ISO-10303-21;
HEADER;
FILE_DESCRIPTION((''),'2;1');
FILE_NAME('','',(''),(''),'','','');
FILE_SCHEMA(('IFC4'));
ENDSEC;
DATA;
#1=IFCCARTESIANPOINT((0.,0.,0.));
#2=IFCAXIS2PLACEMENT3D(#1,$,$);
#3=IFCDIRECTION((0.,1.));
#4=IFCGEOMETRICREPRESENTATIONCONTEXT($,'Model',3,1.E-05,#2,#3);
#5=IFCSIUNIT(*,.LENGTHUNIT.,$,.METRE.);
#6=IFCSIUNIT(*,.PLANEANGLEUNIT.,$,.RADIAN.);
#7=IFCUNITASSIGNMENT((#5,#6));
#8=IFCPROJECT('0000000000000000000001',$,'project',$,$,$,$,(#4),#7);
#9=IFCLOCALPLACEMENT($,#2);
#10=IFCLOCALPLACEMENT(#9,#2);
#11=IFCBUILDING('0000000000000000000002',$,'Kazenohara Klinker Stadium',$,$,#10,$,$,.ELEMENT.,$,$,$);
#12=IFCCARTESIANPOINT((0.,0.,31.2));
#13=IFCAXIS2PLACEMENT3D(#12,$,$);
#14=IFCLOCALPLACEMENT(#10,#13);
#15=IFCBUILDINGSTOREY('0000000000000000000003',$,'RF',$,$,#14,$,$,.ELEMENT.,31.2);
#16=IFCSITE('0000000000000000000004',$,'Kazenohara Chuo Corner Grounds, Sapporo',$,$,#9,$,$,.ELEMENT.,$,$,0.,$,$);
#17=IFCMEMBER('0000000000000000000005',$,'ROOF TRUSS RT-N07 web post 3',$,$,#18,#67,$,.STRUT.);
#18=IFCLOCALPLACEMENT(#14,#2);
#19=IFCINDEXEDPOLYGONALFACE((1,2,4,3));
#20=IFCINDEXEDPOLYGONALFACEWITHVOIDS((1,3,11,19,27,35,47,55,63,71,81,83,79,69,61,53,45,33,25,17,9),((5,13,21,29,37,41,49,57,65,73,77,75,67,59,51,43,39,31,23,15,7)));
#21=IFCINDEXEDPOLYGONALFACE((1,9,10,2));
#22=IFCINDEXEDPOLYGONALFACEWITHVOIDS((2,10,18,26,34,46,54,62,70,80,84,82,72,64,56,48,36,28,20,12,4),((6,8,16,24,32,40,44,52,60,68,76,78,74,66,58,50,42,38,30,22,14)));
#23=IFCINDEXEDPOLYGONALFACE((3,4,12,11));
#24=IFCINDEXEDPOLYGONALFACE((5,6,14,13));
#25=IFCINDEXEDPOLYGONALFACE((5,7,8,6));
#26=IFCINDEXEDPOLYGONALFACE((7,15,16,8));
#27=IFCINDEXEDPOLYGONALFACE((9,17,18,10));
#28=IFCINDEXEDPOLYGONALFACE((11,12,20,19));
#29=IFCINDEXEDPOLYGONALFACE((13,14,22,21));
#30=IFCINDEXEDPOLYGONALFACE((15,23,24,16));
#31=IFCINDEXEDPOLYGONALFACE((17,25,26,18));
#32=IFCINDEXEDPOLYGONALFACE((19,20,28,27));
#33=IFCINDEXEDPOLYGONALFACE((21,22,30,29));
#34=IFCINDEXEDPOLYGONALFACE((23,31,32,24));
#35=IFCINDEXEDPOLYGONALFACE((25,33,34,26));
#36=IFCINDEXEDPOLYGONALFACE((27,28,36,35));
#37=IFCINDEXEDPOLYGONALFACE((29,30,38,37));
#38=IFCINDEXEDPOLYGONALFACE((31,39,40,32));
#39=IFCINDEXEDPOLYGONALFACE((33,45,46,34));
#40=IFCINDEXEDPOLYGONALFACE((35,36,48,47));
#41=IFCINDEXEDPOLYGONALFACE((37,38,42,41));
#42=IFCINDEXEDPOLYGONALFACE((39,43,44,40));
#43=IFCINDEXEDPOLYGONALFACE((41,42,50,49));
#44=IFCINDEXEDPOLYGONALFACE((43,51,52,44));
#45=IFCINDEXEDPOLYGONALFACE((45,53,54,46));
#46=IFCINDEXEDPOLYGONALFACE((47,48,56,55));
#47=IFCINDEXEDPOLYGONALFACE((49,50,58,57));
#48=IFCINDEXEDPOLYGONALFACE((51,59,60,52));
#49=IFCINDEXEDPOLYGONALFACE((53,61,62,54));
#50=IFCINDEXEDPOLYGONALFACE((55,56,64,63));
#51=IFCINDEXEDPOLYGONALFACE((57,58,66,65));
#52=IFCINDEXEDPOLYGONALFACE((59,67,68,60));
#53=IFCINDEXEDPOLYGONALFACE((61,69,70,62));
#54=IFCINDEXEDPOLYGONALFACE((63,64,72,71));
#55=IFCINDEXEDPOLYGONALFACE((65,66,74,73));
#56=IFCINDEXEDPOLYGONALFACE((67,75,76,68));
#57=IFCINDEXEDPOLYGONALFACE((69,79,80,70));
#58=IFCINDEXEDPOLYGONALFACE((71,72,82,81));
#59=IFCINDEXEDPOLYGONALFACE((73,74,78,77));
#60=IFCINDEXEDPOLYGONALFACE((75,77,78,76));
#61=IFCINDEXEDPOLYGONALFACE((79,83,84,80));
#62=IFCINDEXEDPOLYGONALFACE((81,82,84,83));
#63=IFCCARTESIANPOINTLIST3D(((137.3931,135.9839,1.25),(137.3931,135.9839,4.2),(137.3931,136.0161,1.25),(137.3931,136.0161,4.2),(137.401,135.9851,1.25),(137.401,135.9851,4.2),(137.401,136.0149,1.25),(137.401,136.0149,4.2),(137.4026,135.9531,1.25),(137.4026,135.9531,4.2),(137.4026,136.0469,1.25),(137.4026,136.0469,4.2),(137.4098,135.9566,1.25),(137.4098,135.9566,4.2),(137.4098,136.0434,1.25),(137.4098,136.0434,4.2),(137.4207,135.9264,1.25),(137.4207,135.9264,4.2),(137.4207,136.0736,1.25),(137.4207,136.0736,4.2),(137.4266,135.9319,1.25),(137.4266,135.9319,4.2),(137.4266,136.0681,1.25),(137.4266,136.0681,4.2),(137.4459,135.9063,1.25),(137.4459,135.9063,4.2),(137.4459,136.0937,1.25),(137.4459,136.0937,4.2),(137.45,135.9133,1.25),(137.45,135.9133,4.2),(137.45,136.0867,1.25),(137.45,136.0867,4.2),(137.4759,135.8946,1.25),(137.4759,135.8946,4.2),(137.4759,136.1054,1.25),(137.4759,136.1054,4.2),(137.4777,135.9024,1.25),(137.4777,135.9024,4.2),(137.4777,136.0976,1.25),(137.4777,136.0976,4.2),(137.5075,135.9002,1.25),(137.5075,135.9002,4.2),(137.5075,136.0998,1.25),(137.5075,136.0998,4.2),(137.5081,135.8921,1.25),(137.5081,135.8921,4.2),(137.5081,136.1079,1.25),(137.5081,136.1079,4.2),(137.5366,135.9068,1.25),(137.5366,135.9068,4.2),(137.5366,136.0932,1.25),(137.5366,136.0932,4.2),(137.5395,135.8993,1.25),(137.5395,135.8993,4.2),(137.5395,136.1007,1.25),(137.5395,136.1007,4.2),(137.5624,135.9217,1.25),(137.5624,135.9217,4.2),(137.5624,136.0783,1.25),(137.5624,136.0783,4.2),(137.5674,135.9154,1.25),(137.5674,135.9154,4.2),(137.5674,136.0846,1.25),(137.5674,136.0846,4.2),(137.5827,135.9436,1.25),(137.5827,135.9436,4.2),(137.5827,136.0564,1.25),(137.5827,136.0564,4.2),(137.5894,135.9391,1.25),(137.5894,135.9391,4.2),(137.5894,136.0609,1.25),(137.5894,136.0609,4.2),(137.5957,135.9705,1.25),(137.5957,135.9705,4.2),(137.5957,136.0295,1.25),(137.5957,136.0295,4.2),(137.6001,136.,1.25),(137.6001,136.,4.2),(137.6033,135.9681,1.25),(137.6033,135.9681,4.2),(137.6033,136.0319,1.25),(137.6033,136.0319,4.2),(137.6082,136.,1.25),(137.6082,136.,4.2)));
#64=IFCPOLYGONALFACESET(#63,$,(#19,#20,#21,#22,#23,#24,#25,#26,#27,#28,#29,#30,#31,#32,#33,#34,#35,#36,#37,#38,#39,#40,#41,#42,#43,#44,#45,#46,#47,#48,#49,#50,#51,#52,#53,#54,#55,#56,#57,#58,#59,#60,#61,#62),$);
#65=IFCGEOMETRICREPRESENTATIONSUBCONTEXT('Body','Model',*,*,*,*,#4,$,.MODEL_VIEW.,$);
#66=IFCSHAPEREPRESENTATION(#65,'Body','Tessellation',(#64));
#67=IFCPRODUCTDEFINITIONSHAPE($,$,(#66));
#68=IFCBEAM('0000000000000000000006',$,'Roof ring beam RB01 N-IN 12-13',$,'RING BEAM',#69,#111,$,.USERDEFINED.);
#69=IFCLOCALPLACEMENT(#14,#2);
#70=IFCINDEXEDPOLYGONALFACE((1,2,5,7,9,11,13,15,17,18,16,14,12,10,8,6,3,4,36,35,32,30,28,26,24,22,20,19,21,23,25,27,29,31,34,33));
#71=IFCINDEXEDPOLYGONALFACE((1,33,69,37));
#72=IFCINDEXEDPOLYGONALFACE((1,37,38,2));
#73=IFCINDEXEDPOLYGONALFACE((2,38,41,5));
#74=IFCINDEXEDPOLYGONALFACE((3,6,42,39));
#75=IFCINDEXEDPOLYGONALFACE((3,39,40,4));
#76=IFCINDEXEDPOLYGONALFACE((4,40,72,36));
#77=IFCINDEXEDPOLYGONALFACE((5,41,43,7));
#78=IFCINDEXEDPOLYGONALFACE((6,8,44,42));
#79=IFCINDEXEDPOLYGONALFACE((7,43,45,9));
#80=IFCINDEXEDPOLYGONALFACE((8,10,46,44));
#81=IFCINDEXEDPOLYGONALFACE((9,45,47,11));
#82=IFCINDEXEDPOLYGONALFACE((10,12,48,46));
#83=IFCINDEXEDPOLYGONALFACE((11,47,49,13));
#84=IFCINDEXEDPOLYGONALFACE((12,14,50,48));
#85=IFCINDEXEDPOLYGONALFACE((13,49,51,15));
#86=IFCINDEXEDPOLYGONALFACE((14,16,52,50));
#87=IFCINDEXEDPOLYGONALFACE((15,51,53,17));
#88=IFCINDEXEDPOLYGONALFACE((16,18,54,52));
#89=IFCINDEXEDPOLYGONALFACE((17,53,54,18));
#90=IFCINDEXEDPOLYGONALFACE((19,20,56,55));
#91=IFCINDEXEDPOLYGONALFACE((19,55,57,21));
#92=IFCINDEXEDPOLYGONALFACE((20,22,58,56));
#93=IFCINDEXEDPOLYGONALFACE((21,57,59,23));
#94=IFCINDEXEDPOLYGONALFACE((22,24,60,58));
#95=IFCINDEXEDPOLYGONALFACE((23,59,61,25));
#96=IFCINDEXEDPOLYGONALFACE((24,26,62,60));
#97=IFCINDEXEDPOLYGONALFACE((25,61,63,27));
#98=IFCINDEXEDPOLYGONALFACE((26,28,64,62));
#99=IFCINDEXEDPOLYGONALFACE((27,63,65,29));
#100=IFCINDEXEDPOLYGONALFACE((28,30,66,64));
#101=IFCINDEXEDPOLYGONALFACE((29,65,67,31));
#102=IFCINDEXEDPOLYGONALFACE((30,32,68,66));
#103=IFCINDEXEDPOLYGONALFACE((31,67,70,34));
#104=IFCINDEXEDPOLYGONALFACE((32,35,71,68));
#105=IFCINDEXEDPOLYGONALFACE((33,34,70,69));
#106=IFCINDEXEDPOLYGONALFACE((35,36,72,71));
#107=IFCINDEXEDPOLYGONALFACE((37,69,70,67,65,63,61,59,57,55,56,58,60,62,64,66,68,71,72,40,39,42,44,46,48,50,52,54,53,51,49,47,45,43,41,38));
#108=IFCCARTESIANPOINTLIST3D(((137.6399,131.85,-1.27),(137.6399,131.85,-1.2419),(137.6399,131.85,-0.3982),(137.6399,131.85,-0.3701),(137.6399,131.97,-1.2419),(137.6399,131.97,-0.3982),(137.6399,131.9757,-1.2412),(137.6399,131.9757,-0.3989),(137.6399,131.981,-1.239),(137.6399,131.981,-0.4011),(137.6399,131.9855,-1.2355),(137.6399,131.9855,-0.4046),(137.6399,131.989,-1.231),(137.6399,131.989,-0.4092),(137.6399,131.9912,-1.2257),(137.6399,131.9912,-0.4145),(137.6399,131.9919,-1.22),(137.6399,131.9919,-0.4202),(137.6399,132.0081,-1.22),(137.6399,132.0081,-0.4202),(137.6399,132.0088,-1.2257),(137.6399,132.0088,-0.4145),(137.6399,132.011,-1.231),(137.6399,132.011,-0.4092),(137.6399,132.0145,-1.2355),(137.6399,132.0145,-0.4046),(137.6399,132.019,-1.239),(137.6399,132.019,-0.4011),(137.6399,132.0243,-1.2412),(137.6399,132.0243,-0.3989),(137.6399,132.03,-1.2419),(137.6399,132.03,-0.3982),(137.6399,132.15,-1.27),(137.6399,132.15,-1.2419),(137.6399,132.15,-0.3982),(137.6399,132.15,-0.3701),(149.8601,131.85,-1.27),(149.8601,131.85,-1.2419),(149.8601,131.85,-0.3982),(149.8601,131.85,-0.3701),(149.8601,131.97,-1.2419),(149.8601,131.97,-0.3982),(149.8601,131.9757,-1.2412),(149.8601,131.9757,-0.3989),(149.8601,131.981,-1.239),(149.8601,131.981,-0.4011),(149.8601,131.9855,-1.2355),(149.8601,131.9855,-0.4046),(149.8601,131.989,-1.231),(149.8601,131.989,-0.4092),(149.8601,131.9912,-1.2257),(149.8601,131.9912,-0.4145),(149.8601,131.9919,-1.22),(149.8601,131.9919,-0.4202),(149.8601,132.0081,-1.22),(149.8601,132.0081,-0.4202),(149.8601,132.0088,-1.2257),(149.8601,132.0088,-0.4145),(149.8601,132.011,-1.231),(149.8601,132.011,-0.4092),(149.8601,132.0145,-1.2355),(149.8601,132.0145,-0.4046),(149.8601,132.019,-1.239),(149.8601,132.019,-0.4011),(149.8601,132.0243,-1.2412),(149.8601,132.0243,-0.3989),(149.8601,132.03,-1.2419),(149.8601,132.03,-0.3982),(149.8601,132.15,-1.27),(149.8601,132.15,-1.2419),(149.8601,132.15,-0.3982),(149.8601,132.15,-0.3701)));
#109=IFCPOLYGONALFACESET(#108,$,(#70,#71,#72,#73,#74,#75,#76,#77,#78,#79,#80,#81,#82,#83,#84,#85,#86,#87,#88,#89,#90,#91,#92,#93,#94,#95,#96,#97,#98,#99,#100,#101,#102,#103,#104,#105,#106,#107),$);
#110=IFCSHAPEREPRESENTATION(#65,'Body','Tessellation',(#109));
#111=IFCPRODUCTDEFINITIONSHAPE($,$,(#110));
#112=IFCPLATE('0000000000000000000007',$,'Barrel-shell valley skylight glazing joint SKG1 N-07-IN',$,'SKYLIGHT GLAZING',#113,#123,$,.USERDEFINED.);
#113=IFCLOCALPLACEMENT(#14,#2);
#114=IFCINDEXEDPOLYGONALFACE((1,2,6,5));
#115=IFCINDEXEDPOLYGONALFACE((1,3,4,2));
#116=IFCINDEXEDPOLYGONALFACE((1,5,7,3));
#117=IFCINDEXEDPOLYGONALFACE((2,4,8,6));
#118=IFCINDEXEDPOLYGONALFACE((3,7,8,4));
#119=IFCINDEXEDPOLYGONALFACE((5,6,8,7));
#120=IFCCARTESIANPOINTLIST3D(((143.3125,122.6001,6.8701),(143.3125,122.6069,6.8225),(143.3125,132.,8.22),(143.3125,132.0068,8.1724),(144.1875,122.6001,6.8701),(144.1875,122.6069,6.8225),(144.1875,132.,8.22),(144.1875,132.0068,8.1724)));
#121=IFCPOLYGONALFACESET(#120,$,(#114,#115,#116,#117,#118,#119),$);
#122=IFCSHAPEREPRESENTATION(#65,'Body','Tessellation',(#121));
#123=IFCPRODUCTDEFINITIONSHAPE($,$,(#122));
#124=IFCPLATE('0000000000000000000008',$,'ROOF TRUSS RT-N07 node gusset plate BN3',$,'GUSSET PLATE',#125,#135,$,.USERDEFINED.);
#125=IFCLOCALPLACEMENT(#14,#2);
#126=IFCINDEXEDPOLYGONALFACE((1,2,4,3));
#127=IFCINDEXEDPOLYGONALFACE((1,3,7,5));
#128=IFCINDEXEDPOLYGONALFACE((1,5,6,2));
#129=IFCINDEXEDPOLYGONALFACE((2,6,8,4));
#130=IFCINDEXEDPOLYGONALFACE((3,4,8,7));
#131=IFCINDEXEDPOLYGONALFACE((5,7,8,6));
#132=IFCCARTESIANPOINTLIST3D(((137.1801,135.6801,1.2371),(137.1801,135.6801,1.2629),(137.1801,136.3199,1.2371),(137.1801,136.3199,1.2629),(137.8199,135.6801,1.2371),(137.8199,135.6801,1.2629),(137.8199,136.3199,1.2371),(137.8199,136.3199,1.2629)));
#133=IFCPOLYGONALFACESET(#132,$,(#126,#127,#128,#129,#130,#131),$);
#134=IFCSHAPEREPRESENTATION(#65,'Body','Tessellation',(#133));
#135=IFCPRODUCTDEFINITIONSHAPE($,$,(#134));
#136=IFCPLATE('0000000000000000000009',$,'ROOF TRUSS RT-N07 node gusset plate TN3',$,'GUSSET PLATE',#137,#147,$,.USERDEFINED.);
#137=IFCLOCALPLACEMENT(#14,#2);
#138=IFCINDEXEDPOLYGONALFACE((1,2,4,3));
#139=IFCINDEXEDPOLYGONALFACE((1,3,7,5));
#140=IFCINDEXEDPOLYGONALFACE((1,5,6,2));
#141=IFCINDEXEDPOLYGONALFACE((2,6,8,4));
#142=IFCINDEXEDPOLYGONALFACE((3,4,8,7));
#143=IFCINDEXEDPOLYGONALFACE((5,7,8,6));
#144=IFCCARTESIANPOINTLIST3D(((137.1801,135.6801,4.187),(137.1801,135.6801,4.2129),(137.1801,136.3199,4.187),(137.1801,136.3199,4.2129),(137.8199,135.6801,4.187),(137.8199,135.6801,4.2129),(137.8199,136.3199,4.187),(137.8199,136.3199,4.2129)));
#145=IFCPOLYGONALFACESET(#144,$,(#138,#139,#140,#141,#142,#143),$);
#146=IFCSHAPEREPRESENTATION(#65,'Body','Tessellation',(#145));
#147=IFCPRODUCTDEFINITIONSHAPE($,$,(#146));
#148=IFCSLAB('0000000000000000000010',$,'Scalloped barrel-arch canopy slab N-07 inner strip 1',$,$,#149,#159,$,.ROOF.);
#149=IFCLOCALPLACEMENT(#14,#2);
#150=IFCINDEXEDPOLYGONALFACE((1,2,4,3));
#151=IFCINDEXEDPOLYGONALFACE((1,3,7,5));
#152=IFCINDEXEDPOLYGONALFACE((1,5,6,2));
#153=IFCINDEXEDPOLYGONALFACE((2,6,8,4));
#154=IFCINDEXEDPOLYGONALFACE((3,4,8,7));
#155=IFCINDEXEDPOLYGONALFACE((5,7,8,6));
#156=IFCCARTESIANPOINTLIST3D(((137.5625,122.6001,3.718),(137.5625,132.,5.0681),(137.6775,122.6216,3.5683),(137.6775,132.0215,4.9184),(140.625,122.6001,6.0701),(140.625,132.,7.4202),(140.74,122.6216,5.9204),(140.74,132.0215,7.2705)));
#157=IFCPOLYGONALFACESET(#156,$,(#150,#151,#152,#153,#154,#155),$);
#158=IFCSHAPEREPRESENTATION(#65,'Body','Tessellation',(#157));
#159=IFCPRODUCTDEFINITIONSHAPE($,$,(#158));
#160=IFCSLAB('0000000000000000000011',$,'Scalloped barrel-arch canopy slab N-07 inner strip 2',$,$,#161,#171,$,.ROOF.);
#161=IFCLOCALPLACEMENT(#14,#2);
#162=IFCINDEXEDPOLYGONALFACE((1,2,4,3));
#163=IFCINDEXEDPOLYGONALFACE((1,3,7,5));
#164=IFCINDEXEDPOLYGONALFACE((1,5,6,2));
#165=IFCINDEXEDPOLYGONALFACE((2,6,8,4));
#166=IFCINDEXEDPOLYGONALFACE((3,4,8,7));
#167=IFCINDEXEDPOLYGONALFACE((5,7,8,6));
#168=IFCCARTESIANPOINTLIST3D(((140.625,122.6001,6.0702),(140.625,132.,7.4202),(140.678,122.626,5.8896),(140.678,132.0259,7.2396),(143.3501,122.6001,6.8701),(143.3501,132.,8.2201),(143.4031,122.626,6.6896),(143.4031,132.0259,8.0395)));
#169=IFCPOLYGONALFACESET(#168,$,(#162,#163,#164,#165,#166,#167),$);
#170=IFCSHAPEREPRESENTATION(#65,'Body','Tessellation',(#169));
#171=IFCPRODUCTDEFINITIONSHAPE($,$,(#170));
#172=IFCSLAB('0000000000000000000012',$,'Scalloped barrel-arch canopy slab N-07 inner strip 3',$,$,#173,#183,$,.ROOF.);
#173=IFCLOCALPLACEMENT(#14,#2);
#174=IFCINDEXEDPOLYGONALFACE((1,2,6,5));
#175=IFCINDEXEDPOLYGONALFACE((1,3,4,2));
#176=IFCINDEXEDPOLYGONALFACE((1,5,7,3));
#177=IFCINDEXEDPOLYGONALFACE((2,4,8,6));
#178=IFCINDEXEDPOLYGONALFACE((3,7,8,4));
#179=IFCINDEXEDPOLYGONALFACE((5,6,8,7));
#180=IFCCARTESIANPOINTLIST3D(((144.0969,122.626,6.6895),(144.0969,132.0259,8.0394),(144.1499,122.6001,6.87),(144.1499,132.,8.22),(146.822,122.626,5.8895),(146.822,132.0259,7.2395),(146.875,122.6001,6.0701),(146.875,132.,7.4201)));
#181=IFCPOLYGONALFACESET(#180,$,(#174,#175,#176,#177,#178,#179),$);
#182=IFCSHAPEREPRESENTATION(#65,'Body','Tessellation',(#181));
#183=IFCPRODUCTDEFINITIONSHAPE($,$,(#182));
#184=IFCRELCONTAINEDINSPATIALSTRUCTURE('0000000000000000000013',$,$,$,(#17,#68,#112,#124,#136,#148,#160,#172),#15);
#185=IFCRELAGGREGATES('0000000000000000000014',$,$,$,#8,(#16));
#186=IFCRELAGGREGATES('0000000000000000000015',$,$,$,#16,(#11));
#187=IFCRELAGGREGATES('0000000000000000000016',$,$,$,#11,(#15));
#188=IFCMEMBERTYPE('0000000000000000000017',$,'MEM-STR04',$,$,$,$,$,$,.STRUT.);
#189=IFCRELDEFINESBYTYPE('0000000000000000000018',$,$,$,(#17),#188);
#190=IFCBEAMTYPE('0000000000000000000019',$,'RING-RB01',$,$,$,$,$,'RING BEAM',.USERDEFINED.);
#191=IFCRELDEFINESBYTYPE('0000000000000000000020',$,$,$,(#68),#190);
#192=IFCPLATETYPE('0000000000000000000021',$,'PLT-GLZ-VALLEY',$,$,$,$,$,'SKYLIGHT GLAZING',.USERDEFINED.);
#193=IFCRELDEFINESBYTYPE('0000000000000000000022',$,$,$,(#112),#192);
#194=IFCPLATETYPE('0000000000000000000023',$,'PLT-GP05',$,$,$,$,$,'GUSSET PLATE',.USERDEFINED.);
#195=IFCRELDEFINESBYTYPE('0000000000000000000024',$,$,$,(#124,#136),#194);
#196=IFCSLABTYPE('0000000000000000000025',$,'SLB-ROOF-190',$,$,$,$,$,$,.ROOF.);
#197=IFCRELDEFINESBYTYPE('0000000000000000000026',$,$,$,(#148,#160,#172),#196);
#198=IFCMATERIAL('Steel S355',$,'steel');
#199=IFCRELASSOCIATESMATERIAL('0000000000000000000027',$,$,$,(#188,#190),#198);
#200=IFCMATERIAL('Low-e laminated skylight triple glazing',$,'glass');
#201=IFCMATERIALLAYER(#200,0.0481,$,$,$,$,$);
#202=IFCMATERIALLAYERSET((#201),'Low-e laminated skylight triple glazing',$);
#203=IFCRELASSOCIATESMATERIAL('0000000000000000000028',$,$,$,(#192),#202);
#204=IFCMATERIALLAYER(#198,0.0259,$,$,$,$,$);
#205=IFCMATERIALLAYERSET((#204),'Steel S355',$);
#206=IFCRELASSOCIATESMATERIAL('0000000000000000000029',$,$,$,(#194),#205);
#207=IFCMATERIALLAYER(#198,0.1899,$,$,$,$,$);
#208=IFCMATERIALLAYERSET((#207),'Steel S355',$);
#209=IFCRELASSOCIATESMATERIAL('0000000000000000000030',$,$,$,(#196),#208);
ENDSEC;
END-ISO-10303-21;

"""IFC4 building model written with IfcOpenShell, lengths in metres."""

from ifc_helpers import new_model, si_unit, direction, frame, origin, origin_2d, place, context, subcontext, project, spatial, polyline, rectangle, hollow_circle, i_section, outline, extrude, material, layer, layer_set, material_profile, profile_set, type_object, element, save


model = new_model("IFC4")

# Units and contexts
model_context = context("Model", 3, precision=1e-05, world=origin(), true_north=direction((0.0, 1.0)))
body_context = subcontext(model_context, "Body", "Model", "MODEL_VIEW")
ifc_project = project(units=[si_unit("LENGTHUNIT", "METRE"), si_unit("PLANEANGLEUNIT", "RADIAN")], contexts=[model_context])

# Site, building, storey
site_placement = place(None, origin())
site = spatial("IfcSite", under=ifc_project, at=site_placement, Name="Kazenohara Chuo Corner Grounds, Sapporo", CompositionType="ELEMENT", RefElevation=0.0)
building_placement = place(site_placement, origin())
building = spatial("IfcBuilding", under=site, at=building_placement, Name="Kazenohara Klinker Stadium", CompositionType="ELEMENT")
storey_placement = place(building_placement, frame((0.0, 0.0, 31.2)))
storey = spatial("IfcBuildingStorey", under=building, at=storey_placement, Name="RF", CompositionType="ELEMENT", Elevation=31.2)

# Member
ifc_material_1 = material(Name="Steel S355", Category="steel")
ifc_material_profile_1 = material_profile(ifc_material_1, hollow_circle(Radius=0.1082, WallThickness=0.0081, at=origin_2d()), Name="CHS-216.3x8")
ifc_profile_set_1 = profile_set([ifc_material_profile_1], Name="Steel S355")
member_type_1 = type_object("IfcMemberType", Name="MEM-STR04", PredefinedType="STRUT", material=ifc_profile_set_1)
member_1_placement = place(storey_placement, frame((137.5, 136.0, 1.25), z_axis=(0.0, 0.0, 1.0), x_axis=(1.0, 0.0, 0.0)))
element("IfcMember", 1, at=member_1_placement, inside=storey, type_object=member_type_1, Name="ROOF TRUSS RT-N07 web post 3", PredefinedType="STRUT", context=body_context, shape_type="SweptSolid", body=[
    extrude(hollow_circle(Radius=0.1082, WallThickness=0.0081, at=origin_2d()), origin(), (0.0, 0.0, 1.0), 2.95),
])

# Beam
ifc_material_profile_2 = material_profile(ifc_material_1, i_section(OverallWidth=0.3, OverallDepth=0.8999, WebThickness=0.0161, FlangeThickness=0.0281, FilletRadius=0.022, at=origin_2d()), Name="H-900x300x16x28")
ifc_profile_set_2 = profile_set([ifc_material_profile_2], Name="Steel S355")
beam_type = type_object("IfcBeamType", Name="RING-RB01", ElementType="RING BEAM", PredefinedType="USERDEFINED", material=ifc_profile_set_2)
beam_placement = place(storey_placement, frame((137.6399, 132.0, -0.8201), z_axis=(1.0, 0.0, 0.0), x_axis=(0.0, 1.0, 0.0)))
element("IfcBeam", 2, at=beam_placement, inside=storey, type_object=beam_type, Name="Roof ring beam RB01 N-IN 12-13", ObjectType="RING BEAM", PredefinedType="USERDEFINED", context=body_context, shape_type="SweptSolid", body=[
    extrude(i_section(OverallWidth=0.3, OverallDepth=0.8999, WebThickness=0.0161, FlangeThickness=0.0281, FilletRadius=0.022, at=origin_2d()), origin(), (0.0, 0.0, 1.0), 12.2202),
])

# Plates
ifc_material_2 = material(Name="Low-e laminated skylight triple glazing", Category="glass")
ifc_layer_1 = layer(ifc_material_2, 0.0481)
ifc_layer_set_1 = layer_set([ifc_layer_1], Name="Low-e laminated skylight triple glazing")
plate_type_1 = type_object("IfcPlateType", Name="PLT-GLZ-VALLEY", ElementType="SKYLIGHT GLAZING", PredefinedType="USERDEFINED", material=ifc_layer_set_1)
plate_placement = place(storey_placement, frame((143.3125, 132.0, 8.22), z_axis=(0.0, -0.142145, 0.989846), x_axis=(0.0, -0.989846, -0.142145)))
element("IfcPlate", 3, at=plate_placement, inside=storey, type_object=plate_type_1, Name="Barrel-shell valley skylight glazing joint SKG1 N-07-IN", ObjectType="SKYLIGHT GLAZING", PredefinedType="USERDEFINED", context=body_context, shape_type="SweptSolid", body=[
    extrude(outline(polyline([(0.0, 0.0), (9.4963, 0.0), (9.4963, 0.875), (0.0, 0.875), (0.0, 0.0)])), origin(), (0.0, 0.0, -1.0), 0.0481),
])
ifc_layer_2 = layer(ifc_material_1, 0.0259)
ifc_layer_set_2 = layer_set([ifc_layer_2], Name="Steel S355")
plate_type_2 = type_object("IfcPlateType", Name="PLT-GP05", ElementType="GUSSET PLATE", PredefinedType="USERDEFINED", material=ifc_layer_set_2)
for number, where, z_axis, x_axis, name in (
    (4, (137.5, 136.0, 1.2371), (0.0, 0.0, 1.0), (1.0, 0.0, 0.0), "ROOF TRUSS RT-N07 node gusset plate BN3"),
    (5, (137.5, 136.0, 4.187), (0.0, 0.0, 1.0), (1.0, 0.0, 0.0), "ROOF TRUSS RT-N07 node gusset plate TN3"),
):
    element("IfcPlate", number, at=place(storey_placement, frame(where, z_axis=z_axis, x_axis=x_axis)), inside=storey, type_object=plate_type_2, Name=name, ObjectType="GUSSET PLATE", PredefinedType="USERDEFINED", context=body_context, shape_type="SweptSolid", body=[
        extrude(rectangle(XDim=0.6399, YDim=0.6399, at=origin_2d()), origin(), (0.0, 0.0, 1.0), 0.0259),
    ])

# Slabs
ifc_layer_3 = layer(ifc_material_1, 0.1899)
ifc_layer_set_3 = layer_set([ifc_layer_3], Name="Steel S355")
slab_type = type_object("IfcSlabType", Name="SLB-ROOF-190", PredefinedType="ROOF", material=ifc_layer_set_3)
slab_1_placement = place(storey_placement, frame((137.5625, 132.0, 5.0681), z_axis=(-0.605192, -0.113179, 0.787993), x_axis=(0.0, -0.989842, -0.14217)))
element("IfcSlab", 6, at=slab_1_placement, inside=storey, type_object=slab_type, Name="Scalloped barrel-arch canopy slab N-07 inner strip 1", PredefinedType="ROOF", context=body_context, shape_type="SweptSolid", body=[
    extrude(outline(polyline([(0.0, 0.0), (9.4964, 0.0), (9.162, 3.847), (-0.3344, 3.847), (0.0, 0.0)])), origin(), (0.0, 0.0, -1.0), 0.1899),
])
slab_2_placement = place(storey_placement, frame((140.625, 132.0, 7.4202), z_axis=(-0.27902, -0.136512, 0.950533), x_axis=(-0.000003, -0.989844, -0.142158)))
element("IfcSlab", 7, at=slab_2_placement, inside=storey, type_object=slab_type, Name="Scalloped barrel-arch canopy slab N-07 inner strip 2", PredefinedType="ROOF", context=body_context, shape_type="SweptSolid", body=[
    extrude(outline(polyline([(0.0, 0.0), (9.4964, 0.0), (9.3826, 2.8378), (-0.1137, 2.8378), (0.0, 0.0)])), origin(), (0.0, 0.0, -1.0), 0.1899),
])
slab_3_placement = place(storey_placement, frame((144.1499, 132.0, 8.22), z_axis=(0.27902, -0.136512, 0.950533), x_axis=(-0.000003, -0.989844, -0.142156)))
element("IfcSlab", 8, at=slab_3_placement, inside=storey, type_object=slab_type, Name="Scalloped barrel-arch canopy slab N-07 inner strip 3", PredefinedType="ROOF", context=body_context, shape_type="SweptSolid", body=[
    extrude(outline(polyline([(0.0, 0.0), (9.4963, 0.0), (9.6101, 2.8378), (0.1137, 2.8378), (0.0, 0.0)])), origin(), (0.0, 0.0, -1.0), 0.1899),
])

save(model, "model.ifc")
